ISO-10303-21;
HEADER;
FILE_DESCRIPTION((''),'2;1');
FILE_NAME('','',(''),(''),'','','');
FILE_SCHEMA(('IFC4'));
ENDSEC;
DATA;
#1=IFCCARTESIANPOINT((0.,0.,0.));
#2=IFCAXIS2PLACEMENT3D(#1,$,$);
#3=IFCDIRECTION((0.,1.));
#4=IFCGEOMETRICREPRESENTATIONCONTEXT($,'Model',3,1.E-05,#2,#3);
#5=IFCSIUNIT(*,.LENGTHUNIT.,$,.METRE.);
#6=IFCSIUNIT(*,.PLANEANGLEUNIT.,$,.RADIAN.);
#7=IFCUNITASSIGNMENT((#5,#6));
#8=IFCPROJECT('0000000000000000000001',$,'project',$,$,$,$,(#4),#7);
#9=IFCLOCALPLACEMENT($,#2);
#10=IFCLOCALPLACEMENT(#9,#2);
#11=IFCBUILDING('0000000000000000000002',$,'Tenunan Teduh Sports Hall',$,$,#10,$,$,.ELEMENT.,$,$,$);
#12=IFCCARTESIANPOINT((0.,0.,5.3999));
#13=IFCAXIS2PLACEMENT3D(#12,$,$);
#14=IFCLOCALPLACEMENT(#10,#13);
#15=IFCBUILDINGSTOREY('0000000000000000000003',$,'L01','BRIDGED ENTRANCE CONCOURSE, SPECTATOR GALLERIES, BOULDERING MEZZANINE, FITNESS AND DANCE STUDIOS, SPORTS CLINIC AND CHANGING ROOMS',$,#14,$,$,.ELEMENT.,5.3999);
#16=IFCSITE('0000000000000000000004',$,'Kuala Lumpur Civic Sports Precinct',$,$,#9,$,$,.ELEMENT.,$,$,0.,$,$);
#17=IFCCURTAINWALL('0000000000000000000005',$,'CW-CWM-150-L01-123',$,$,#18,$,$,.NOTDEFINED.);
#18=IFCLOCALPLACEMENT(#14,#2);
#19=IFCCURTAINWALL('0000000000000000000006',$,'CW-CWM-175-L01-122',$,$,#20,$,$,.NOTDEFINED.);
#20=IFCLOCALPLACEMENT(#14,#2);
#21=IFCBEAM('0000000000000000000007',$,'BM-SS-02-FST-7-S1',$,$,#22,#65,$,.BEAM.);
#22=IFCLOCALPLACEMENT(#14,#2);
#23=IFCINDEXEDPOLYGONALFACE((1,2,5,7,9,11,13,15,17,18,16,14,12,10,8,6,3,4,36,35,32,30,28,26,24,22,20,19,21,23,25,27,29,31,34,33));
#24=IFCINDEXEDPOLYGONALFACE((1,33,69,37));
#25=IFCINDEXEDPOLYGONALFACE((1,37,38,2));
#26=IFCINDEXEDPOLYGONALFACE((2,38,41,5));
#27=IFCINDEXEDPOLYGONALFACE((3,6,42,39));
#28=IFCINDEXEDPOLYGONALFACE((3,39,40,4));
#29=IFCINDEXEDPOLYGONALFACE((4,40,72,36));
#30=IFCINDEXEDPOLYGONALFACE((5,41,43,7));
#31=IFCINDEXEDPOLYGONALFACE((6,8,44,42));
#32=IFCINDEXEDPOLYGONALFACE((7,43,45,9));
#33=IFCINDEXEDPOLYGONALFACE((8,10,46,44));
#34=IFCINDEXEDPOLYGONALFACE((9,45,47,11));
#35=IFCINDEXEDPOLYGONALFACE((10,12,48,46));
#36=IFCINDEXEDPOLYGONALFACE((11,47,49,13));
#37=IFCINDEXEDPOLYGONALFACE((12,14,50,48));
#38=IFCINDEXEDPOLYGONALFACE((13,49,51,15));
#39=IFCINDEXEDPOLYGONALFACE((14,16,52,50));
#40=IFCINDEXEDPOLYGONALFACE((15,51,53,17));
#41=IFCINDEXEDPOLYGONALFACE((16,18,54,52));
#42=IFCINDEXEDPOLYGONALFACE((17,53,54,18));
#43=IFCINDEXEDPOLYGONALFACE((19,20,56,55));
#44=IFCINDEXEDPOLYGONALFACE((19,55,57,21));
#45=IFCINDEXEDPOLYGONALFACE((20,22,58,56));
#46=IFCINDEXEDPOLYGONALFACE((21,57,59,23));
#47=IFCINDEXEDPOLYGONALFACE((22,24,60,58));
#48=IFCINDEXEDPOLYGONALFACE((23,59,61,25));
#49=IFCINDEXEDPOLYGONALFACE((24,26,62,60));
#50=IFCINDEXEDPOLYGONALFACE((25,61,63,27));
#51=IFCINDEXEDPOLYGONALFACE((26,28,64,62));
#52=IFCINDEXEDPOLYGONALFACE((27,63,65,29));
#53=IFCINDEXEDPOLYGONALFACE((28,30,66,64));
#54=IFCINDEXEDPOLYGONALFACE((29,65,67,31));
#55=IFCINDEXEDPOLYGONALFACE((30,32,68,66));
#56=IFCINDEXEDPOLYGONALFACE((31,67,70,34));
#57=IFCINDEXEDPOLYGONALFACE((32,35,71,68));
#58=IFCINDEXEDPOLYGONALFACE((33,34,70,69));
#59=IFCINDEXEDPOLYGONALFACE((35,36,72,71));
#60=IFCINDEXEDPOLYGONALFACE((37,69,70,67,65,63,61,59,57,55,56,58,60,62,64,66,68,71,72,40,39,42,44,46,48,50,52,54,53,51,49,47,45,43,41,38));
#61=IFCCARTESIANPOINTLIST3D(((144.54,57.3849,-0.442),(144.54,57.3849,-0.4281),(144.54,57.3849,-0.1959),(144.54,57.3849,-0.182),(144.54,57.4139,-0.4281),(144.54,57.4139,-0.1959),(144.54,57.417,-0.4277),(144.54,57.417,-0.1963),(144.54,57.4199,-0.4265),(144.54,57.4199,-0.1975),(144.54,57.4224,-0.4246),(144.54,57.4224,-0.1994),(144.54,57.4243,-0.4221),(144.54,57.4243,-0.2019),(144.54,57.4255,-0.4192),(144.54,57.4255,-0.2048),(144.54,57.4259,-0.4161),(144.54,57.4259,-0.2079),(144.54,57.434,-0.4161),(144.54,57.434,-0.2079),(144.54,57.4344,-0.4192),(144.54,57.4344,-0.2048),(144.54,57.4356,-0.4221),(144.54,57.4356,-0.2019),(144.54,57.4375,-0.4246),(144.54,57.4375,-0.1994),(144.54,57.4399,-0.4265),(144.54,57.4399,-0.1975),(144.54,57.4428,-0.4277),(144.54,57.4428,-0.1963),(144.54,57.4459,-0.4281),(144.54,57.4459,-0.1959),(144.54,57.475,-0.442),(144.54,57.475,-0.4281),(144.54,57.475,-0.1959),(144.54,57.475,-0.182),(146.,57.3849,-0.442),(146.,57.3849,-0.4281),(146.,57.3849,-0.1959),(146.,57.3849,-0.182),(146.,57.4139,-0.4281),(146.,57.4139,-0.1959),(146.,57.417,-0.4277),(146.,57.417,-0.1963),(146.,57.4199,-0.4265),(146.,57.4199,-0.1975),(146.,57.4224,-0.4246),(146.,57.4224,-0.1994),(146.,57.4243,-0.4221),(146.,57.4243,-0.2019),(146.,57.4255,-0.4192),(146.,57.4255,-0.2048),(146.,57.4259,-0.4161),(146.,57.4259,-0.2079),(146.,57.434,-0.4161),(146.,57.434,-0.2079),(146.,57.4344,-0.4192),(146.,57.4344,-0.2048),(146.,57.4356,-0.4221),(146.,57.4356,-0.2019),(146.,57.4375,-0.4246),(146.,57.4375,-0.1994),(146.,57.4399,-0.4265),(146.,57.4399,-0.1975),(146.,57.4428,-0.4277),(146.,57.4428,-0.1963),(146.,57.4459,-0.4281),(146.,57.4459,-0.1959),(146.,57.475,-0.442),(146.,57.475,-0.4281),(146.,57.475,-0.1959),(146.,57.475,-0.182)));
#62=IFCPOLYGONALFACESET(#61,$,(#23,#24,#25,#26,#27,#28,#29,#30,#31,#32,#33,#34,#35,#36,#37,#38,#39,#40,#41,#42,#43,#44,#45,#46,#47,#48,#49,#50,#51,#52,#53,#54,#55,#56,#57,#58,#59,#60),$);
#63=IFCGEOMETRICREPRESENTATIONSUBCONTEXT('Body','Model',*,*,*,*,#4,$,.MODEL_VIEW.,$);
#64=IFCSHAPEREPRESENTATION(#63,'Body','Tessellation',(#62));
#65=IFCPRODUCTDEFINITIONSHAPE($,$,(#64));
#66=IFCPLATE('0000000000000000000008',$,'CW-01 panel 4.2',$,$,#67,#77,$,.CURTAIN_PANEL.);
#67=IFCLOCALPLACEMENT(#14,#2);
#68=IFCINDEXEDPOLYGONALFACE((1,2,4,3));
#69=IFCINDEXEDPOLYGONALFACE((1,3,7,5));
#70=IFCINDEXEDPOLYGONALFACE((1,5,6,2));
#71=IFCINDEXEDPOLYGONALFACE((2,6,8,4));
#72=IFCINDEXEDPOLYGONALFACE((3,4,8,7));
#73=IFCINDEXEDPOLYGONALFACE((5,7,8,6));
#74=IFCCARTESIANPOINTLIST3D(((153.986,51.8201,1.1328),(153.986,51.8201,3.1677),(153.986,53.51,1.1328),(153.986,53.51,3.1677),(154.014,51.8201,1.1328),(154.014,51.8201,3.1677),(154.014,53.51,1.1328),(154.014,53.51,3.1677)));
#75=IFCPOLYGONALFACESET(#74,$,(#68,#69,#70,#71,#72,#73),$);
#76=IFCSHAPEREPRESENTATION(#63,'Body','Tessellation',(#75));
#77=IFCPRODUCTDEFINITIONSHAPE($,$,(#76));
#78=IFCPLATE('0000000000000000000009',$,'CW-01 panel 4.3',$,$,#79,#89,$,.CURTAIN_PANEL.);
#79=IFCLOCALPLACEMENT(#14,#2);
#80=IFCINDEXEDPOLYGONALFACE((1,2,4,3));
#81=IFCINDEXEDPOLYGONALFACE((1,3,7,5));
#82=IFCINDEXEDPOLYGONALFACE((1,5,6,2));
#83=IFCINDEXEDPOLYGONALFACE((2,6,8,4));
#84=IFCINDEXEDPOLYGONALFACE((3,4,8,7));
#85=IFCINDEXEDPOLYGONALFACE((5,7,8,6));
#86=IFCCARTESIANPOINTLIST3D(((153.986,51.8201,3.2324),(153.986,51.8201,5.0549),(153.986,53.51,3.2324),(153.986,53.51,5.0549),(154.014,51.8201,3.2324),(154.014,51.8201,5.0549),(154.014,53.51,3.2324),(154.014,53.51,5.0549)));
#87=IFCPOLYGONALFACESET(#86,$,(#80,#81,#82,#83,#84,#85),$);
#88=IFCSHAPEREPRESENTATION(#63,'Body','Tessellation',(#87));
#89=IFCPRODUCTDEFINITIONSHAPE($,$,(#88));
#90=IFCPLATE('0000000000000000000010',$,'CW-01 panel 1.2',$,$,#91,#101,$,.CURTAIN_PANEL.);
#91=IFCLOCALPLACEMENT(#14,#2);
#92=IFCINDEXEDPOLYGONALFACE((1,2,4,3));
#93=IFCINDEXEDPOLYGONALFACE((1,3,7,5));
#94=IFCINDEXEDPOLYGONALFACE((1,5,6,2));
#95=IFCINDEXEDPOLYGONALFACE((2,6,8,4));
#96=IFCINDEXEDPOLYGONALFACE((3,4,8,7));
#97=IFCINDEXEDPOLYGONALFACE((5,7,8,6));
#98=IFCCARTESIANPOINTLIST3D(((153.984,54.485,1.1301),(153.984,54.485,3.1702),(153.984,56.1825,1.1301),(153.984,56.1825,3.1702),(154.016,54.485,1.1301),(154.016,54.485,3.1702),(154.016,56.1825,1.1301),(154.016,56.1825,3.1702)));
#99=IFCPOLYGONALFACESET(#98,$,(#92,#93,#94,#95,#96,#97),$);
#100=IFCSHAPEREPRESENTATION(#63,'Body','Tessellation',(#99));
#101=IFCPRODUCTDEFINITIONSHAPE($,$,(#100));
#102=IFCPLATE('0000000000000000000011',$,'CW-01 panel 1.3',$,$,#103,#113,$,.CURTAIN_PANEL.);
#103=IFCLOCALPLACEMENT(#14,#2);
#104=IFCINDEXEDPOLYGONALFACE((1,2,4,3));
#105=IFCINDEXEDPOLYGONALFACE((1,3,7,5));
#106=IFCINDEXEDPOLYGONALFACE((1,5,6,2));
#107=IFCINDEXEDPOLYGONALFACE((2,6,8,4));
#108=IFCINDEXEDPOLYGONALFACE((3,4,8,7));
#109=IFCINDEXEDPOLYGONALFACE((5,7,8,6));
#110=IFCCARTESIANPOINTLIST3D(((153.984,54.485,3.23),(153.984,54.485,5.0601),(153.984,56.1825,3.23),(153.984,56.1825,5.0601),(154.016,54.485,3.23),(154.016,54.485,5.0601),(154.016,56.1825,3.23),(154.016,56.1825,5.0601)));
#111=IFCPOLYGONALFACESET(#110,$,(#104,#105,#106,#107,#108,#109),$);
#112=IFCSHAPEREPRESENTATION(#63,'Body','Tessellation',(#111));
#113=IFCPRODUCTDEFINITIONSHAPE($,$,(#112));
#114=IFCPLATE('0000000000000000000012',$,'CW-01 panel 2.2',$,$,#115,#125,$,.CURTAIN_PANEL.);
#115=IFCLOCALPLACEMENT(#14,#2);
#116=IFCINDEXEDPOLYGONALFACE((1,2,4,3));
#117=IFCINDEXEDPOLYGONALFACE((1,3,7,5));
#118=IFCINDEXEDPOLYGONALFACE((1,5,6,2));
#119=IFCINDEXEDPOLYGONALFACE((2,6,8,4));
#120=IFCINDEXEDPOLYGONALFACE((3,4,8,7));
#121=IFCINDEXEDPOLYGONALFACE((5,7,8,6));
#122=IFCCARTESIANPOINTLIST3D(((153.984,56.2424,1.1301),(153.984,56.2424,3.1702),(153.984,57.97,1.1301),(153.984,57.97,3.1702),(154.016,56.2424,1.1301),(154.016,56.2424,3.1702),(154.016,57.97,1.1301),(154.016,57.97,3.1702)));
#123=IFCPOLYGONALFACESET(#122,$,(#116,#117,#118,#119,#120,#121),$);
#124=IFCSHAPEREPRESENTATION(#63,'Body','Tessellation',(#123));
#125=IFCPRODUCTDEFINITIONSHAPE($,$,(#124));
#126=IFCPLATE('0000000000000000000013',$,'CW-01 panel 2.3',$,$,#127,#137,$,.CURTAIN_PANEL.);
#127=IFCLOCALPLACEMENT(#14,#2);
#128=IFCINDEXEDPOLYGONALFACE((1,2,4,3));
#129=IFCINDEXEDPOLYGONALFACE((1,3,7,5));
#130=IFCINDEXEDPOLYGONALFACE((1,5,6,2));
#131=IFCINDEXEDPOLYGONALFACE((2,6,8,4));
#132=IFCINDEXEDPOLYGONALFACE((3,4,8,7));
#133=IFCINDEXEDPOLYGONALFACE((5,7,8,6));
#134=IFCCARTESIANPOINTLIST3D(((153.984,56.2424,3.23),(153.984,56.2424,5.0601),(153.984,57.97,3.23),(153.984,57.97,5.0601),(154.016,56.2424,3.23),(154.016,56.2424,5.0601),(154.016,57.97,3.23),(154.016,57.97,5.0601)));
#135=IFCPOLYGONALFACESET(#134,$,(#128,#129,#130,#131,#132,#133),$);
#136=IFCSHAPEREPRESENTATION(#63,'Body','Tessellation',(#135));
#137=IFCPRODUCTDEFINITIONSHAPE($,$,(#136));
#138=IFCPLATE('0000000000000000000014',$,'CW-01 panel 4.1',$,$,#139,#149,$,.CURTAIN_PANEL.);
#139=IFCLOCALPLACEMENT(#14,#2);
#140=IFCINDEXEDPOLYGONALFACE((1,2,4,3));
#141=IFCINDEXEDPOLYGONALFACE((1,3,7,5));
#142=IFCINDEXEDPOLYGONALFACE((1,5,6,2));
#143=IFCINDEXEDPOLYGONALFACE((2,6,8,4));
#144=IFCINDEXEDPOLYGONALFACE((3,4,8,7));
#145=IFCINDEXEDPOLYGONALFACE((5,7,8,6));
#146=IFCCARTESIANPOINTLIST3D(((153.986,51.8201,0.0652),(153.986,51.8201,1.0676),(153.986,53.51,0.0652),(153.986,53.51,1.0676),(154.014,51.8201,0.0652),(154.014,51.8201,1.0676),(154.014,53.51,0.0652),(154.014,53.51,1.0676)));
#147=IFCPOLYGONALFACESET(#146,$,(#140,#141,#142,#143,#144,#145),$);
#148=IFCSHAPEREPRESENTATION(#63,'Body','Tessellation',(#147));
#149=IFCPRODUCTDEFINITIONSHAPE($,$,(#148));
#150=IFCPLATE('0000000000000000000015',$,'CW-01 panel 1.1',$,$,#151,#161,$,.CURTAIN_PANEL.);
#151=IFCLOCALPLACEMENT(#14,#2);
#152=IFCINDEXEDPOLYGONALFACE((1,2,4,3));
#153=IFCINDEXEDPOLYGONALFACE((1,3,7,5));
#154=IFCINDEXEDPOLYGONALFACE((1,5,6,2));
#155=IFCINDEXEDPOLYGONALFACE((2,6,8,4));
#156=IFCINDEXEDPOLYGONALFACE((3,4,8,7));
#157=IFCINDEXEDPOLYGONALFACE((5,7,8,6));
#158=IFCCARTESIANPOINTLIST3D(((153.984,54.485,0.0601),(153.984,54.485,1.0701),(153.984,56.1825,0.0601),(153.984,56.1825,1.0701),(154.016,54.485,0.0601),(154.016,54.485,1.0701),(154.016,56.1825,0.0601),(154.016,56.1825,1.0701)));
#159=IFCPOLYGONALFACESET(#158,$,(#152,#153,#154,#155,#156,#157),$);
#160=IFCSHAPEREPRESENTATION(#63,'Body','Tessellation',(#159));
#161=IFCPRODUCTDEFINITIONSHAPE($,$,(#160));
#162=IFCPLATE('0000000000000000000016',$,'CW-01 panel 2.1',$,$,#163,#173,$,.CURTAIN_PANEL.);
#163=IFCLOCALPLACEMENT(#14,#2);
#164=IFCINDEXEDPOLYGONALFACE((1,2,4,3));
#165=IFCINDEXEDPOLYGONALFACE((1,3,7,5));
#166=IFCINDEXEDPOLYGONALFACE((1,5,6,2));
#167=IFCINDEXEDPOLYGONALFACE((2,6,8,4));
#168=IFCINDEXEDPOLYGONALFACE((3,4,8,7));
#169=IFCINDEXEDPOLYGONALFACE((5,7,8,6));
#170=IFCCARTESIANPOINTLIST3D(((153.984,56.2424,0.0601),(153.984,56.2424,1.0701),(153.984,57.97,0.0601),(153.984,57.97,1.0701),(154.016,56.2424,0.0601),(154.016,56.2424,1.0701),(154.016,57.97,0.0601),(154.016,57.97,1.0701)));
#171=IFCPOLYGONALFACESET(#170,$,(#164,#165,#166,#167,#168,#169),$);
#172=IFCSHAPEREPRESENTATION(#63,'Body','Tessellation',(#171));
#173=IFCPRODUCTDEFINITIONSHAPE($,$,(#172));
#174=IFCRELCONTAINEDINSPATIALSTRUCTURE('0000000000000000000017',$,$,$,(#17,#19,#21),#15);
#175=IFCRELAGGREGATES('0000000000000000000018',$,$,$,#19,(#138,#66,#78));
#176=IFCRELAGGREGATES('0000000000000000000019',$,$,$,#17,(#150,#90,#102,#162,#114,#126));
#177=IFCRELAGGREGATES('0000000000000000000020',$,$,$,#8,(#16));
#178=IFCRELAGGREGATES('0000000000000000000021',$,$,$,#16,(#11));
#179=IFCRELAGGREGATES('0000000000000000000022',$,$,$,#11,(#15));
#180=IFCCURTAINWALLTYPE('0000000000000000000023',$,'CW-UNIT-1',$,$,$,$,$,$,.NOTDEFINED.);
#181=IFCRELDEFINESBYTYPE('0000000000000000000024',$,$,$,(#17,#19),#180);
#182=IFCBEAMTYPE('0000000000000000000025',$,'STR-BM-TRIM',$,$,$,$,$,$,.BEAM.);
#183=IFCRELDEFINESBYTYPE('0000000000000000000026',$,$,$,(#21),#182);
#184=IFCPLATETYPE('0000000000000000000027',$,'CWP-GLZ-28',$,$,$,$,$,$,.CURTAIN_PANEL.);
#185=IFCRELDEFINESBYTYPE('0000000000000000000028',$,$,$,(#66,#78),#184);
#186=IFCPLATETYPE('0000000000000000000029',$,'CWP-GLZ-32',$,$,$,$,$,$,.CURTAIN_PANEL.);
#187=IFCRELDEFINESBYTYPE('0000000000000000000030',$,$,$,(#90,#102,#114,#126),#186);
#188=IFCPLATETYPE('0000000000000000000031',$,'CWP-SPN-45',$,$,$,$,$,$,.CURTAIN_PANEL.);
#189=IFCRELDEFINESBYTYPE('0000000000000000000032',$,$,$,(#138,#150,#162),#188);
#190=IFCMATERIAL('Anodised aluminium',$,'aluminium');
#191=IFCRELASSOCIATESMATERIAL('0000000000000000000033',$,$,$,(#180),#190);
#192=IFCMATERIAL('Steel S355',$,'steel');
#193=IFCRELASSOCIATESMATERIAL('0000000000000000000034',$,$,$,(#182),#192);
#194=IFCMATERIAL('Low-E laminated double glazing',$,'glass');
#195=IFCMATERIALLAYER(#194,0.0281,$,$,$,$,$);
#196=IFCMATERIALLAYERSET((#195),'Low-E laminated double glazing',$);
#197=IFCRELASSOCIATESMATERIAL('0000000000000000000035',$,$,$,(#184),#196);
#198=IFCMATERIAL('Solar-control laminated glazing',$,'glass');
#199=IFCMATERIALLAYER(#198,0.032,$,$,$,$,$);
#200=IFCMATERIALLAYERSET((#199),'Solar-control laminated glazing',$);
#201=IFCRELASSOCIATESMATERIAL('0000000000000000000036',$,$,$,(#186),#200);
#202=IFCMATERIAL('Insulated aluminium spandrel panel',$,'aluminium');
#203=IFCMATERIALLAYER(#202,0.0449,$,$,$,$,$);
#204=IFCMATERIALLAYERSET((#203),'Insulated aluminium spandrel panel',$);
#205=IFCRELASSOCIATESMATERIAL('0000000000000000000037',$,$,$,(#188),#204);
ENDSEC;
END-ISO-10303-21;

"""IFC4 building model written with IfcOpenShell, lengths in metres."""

from ifc_helpers import new_model, si_unit, direction, frame, origin, origin_2d, place, context, subcontext, project, spatial, rectangle, i_section, extrude, material, layer, layer_set, material_profile, profile_set, type_object, element, aggregate, save


model = new_model("IFC4")

# Units and contexts
model_context = context("Model", 3, precision=1e-05, world=origin(), true_north=direction((0.0, 1.0)))
body_context = subcontext(model_context, "Body", "Model", "MODEL_VIEW")
ifc_project = project(units=[si_unit("LENGTHUNIT", "METRE"), si_unit("PLANEANGLEUNIT", "RADIAN")], contexts=[model_context])

# Site, building, storey
site_placement = place(None, origin())
site = spatial("IfcSite", under=ifc_project, at=site_placement, Name="Kuala Lumpur Civic Sports Precinct", CompositionType="ELEMENT", RefElevation=0.0)
building_placement = place(site_placement, origin())
building = spatial("IfcBuilding", under=site, at=building_placement, Name="Tenunan Teduh Sports Hall", CompositionType="ELEMENT")
storey_placement = place(building_placement, frame((0.0, 0.0, 5.3999)))
storey = spatial("IfcBuildingStorey", under=building, at=storey_placement, Name="L01", Description="BRIDGED ENTRANCE CONCOURSE, SPECTATOR GALLERIES, BOULDERING MEZZANINE, FITNESS AND DANCE STUDIOS, SPORTS CLINIC AND CHANGING ROOMS", CompositionType="ELEMENT", Elevation=5.3999)

# Curtain walls
ifc_material_1 = material(Name="Anodised aluminium", Category="aluminium")
curtain_wall_type = type_object("IfcCurtainWallType", Name="CW-UNIT-1", PredefinedType="NOTDEFINED", material=ifc_material_1)
curtain_wall_1_placement = place(storey_placement, origin())
curtain_wall_1 = element("IfcCurtainWall", 1, at=curtain_wall_1_placement, inside=storey, type_object=curtain_wall_type, Name="CW-CWM-150-L01-123", PredefinedType="NOTDEFINED")
curtain_wall_2_placement = place(storey_placement, origin())
curtain_wall_2 = element("IfcCurtainWall", 2, at=curtain_wall_2_placement, inside=storey, type_object=curtain_wall_type, Name="CW-CWM-175-L01-122", PredefinedType="NOTDEFINED")

# Beam
ifc_material_2 = material(Name="Steel S355", Category="steel")
ifc_material_profile_1 = material_profile(ifc_material_2, i_section(OverallWidth=0.0901, OverallDepth=0.26, WebThickness=0.0081, FlangeThickness=0.0139, FilletRadius=0.012, at=origin_2d()), Name="PFC 260x90")
ifc_profile_set_1 = profile_set([ifc_material_profile_1], Name="Steel S355")
beam_type_1 = type_object("IfcBeamType", Name="STR-BM-TRIM", PredefinedType="BEAM", material=ifc_profile_set_1)
beam_1_placement = place(storey_placement, frame((144.54, 57.4299, -0.312), z_axis=(1.0, 0.0, 0.0), x_axis=(0.0, 1.0, 0.0)))
element("IfcBeam", 3, at=beam_1_placement, inside=storey, type_object=beam_type_1, Name="BM-SS-02-FST-7-S1", PredefinedType="BEAM", context=body_context, shape_type="SweptSolid", body=[
    extrude(i_section(OverallWidth=0.0901, OverallDepth=0.26, WebThickness=0.0081, FlangeThickness=0.0139, FilletRadius=0.012, at=origin_2d()), origin(), (0.0, 0.0, 1.0), 1.46),
])

# Plates
ifc_material_3 = material(Name="Low-E laminated double glazing", Category="glass")
ifc_layer_1 = layer(ifc_material_3, 0.0281)
ifc_layer_set_1 = layer_set([ifc_layer_1], Name="Low-E laminated double glazing")
plate_type_1 = type_object("IfcPlateType", Name="CWP-GLZ-28", PredefinedType="CURTAIN_PANEL", material=ifc_layer_set_1)
plate_1_placement = place(storey_placement, frame((154.0, 52.665, 1.1328), z_axis=(0.0, 0.0, 1.0), x_axis=(0.0, 1.0, 0.0)))
plate_1 = element("IfcPlate", 4, at=plate_1_placement, type_object=plate_type_1, Name="CW-01 panel 4.2", PredefinedType="CURTAIN_PANEL", context=body_context, shape_type="SweptSolid", body=[
    extrude(rectangle(XDim=1.6899, YDim=0.0281, at=origin_2d()), origin(), (0.0, 0.0, 1.0), 2.0349),
])
plate_2_placement = place(storey_placement, frame((154.0, 52.665, 3.2324), z_axis=(0.0, 0.0, 1.0), x_axis=(0.0, 1.0, 0.0)))
plate_2 = element("IfcPlate", 5, at=plate_2_placement, type_object=plate_type_1, Name="CW-01 panel 4.3", PredefinedType="CURTAIN_PANEL", context=body_context, shape_type="SweptSolid", body=[
    extrude(rectangle(XDim=1.6899, YDim=0.0281, at=origin_2d()), origin(), (0.0, 0.0, 1.0), 1.8225),
])
ifc_material_4 = material(Name="Solar-control laminated glazing", Category="glass")
ifc_layer_2 = layer(ifc_material_4, 0.032)
ifc_layer_set_2 = layer_set([ifc_layer_2], Name="Solar-control laminated glazing")
plate_type_2 = type_object("IfcPlateType", Name="CWP-GLZ-32", PredefinedType="CURTAIN_PANEL", material=ifc_layer_set_2)
plate_3_placement = place(storey_placement, frame((154.0, 55.3337, 1.1301), z_axis=(0.0, 0.0, 1.0), x_axis=(0.0, 1.0, 0.0)))
plate_3 = element("IfcPlate", 6, at=plate_3_placement, type_object=plate_type_2, Name="CW-01 panel 1.2", PredefinedType="CURTAIN_PANEL", context=body_context, shape_type="SweptSolid", body=[
    extrude(rectangle(XDim=1.6975, YDim=0.032, at=origin_2d()), origin(), (0.0, 0.0, 1.0), 2.04),
])
plate_4_placement = place(storey_placement, frame((154.0, 55.3337, 3.23), z_axis=(0.0, 0.0, 1.0), x_axis=(0.0, 1.0, 0.0)))
plate_4 = element("IfcPlate", 7, at=plate_4_placement, type_object=plate_type_2, Name="CW-01 panel 1.3", PredefinedType="CURTAIN_PANEL", context=body_context, shape_type="SweptSolid", body=[
    extrude(rectangle(XDim=1.6975, YDim=0.032, at=origin_2d()), origin(), (0.0, 0.0, 1.0), 1.8301),
])
plate_5_placement = place(storey_placement, frame((154.0, 57.1062, 1.1301), z_axis=(0.0, 0.0, 1.0), x_axis=(0.0, 1.0, 0.0)))
plate_5 = element("IfcPlate", 8, at=plate_5_placement, type_object=plate_type_2, Name="CW-01 panel 2.2", PredefinedType="CURTAIN_PANEL", context=body_context, shape_type="SweptSolid", body=[
    extrude(rectangle(XDim=1.7275, YDim=0.032, at=origin_2d()), origin(), (0.0, 0.0, 1.0), 2.04),
])
plate_6_placement = place(storey_placement, frame((154.0, 57.1062, 3.23), z_axis=(0.0, 0.0, 1.0), x_axis=(0.0, 1.0, 0.0)))
plate_6 = element("IfcPlate", 9, at=plate_6_placement, type_object=plate_type_2, Name="CW-01 panel 2.3", PredefinedType="CURTAIN_PANEL", context=body_context, shape_type="SweptSolid", body=[
    extrude(rectangle(XDim=1.7275, YDim=0.032, at=origin_2d()), origin(), (0.0, 0.0, 1.0), 1.8301),
])
ifc_material_5 = material(Name="Insulated aluminium spandrel panel", Category="aluminium")
ifc_layer_3 = layer(ifc_material_5, 0.0449)
ifc_layer_set_3 = layer_set([ifc_layer_3], Name="Insulated aluminium spandrel panel")
plate_type_3 = type_object("IfcPlateType", Name="CWP-SPN-45", PredefinedType="CURTAIN_PANEL", material=ifc_layer_set_3)
plate_7_placement = place(storey_placement, frame((154.0, 52.665, 0.0652), z_axis=(0.0, 0.0, 1.0), x_axis=(0.0, 1.0, 0.0)))
plate_7 = element("IfcPlate", 10, at=plate_7_placement, type_object=plate_type_3, Name="CW-01 panel 4.1", PredefinedType="CURTAIN_PANEL", context=body_context, shape_type="SweptSolid", body=[
    extrude(rectangle(XDim=1.6899, YDim=0.0281, at=origin_2d()), origin(), (0.0, 0.0, 1.0), 1.0024),
])
aggregate(curtain_wall_2, [plate_7, plate_1, plate_2])
plate_8_placement = place(storey_placement, frame((154.0, 55.3337, 0.0601), z_axis=(0.0, 0.0, 1.0), x_axis=(0.0, 1.0, 0.0)))
plate_8 = element("IfcPlate", 11, at=plate_8_placement, type_object=plate_type_3, Name="CW-01 panel 1.1", PredefinedType="CURTAIN_PANEL", context=body_context, shape_type="SweptSolid", body=[
    extrude(rectangle(XDim=1.6975, YDim=0.032, at=origin_2d()), origin(), (0.0, 0.0, 1.0), 1.01),
])
plate_9_placement = place(storey_placement, frame((154.0, 57.1062, 0.0601), z_axis=(0.0, 0.0, 1.0), x_axis=(0.0, 1.0, 0.0)))
plate_9 = element("IfcPlate", 12, at=plate_9_placement, type_object=plate_type_3, Name="CW-01 panel 2.1", PredefinedType="CURTAIN_PANEL", context=body_context, shape_type="SweptSolid", body=[
    extrude(rectangle(XDim=1.7275, YDim=0.032, at=origin_2d()), origin(), (0.0, 0.0, 1.0), 1.01),
])
aggregate(curtain_wall_1, [plate_8, plate_3, plate_4, plate_9, plate_5, plate_6])

save(model, "model.ifc")
